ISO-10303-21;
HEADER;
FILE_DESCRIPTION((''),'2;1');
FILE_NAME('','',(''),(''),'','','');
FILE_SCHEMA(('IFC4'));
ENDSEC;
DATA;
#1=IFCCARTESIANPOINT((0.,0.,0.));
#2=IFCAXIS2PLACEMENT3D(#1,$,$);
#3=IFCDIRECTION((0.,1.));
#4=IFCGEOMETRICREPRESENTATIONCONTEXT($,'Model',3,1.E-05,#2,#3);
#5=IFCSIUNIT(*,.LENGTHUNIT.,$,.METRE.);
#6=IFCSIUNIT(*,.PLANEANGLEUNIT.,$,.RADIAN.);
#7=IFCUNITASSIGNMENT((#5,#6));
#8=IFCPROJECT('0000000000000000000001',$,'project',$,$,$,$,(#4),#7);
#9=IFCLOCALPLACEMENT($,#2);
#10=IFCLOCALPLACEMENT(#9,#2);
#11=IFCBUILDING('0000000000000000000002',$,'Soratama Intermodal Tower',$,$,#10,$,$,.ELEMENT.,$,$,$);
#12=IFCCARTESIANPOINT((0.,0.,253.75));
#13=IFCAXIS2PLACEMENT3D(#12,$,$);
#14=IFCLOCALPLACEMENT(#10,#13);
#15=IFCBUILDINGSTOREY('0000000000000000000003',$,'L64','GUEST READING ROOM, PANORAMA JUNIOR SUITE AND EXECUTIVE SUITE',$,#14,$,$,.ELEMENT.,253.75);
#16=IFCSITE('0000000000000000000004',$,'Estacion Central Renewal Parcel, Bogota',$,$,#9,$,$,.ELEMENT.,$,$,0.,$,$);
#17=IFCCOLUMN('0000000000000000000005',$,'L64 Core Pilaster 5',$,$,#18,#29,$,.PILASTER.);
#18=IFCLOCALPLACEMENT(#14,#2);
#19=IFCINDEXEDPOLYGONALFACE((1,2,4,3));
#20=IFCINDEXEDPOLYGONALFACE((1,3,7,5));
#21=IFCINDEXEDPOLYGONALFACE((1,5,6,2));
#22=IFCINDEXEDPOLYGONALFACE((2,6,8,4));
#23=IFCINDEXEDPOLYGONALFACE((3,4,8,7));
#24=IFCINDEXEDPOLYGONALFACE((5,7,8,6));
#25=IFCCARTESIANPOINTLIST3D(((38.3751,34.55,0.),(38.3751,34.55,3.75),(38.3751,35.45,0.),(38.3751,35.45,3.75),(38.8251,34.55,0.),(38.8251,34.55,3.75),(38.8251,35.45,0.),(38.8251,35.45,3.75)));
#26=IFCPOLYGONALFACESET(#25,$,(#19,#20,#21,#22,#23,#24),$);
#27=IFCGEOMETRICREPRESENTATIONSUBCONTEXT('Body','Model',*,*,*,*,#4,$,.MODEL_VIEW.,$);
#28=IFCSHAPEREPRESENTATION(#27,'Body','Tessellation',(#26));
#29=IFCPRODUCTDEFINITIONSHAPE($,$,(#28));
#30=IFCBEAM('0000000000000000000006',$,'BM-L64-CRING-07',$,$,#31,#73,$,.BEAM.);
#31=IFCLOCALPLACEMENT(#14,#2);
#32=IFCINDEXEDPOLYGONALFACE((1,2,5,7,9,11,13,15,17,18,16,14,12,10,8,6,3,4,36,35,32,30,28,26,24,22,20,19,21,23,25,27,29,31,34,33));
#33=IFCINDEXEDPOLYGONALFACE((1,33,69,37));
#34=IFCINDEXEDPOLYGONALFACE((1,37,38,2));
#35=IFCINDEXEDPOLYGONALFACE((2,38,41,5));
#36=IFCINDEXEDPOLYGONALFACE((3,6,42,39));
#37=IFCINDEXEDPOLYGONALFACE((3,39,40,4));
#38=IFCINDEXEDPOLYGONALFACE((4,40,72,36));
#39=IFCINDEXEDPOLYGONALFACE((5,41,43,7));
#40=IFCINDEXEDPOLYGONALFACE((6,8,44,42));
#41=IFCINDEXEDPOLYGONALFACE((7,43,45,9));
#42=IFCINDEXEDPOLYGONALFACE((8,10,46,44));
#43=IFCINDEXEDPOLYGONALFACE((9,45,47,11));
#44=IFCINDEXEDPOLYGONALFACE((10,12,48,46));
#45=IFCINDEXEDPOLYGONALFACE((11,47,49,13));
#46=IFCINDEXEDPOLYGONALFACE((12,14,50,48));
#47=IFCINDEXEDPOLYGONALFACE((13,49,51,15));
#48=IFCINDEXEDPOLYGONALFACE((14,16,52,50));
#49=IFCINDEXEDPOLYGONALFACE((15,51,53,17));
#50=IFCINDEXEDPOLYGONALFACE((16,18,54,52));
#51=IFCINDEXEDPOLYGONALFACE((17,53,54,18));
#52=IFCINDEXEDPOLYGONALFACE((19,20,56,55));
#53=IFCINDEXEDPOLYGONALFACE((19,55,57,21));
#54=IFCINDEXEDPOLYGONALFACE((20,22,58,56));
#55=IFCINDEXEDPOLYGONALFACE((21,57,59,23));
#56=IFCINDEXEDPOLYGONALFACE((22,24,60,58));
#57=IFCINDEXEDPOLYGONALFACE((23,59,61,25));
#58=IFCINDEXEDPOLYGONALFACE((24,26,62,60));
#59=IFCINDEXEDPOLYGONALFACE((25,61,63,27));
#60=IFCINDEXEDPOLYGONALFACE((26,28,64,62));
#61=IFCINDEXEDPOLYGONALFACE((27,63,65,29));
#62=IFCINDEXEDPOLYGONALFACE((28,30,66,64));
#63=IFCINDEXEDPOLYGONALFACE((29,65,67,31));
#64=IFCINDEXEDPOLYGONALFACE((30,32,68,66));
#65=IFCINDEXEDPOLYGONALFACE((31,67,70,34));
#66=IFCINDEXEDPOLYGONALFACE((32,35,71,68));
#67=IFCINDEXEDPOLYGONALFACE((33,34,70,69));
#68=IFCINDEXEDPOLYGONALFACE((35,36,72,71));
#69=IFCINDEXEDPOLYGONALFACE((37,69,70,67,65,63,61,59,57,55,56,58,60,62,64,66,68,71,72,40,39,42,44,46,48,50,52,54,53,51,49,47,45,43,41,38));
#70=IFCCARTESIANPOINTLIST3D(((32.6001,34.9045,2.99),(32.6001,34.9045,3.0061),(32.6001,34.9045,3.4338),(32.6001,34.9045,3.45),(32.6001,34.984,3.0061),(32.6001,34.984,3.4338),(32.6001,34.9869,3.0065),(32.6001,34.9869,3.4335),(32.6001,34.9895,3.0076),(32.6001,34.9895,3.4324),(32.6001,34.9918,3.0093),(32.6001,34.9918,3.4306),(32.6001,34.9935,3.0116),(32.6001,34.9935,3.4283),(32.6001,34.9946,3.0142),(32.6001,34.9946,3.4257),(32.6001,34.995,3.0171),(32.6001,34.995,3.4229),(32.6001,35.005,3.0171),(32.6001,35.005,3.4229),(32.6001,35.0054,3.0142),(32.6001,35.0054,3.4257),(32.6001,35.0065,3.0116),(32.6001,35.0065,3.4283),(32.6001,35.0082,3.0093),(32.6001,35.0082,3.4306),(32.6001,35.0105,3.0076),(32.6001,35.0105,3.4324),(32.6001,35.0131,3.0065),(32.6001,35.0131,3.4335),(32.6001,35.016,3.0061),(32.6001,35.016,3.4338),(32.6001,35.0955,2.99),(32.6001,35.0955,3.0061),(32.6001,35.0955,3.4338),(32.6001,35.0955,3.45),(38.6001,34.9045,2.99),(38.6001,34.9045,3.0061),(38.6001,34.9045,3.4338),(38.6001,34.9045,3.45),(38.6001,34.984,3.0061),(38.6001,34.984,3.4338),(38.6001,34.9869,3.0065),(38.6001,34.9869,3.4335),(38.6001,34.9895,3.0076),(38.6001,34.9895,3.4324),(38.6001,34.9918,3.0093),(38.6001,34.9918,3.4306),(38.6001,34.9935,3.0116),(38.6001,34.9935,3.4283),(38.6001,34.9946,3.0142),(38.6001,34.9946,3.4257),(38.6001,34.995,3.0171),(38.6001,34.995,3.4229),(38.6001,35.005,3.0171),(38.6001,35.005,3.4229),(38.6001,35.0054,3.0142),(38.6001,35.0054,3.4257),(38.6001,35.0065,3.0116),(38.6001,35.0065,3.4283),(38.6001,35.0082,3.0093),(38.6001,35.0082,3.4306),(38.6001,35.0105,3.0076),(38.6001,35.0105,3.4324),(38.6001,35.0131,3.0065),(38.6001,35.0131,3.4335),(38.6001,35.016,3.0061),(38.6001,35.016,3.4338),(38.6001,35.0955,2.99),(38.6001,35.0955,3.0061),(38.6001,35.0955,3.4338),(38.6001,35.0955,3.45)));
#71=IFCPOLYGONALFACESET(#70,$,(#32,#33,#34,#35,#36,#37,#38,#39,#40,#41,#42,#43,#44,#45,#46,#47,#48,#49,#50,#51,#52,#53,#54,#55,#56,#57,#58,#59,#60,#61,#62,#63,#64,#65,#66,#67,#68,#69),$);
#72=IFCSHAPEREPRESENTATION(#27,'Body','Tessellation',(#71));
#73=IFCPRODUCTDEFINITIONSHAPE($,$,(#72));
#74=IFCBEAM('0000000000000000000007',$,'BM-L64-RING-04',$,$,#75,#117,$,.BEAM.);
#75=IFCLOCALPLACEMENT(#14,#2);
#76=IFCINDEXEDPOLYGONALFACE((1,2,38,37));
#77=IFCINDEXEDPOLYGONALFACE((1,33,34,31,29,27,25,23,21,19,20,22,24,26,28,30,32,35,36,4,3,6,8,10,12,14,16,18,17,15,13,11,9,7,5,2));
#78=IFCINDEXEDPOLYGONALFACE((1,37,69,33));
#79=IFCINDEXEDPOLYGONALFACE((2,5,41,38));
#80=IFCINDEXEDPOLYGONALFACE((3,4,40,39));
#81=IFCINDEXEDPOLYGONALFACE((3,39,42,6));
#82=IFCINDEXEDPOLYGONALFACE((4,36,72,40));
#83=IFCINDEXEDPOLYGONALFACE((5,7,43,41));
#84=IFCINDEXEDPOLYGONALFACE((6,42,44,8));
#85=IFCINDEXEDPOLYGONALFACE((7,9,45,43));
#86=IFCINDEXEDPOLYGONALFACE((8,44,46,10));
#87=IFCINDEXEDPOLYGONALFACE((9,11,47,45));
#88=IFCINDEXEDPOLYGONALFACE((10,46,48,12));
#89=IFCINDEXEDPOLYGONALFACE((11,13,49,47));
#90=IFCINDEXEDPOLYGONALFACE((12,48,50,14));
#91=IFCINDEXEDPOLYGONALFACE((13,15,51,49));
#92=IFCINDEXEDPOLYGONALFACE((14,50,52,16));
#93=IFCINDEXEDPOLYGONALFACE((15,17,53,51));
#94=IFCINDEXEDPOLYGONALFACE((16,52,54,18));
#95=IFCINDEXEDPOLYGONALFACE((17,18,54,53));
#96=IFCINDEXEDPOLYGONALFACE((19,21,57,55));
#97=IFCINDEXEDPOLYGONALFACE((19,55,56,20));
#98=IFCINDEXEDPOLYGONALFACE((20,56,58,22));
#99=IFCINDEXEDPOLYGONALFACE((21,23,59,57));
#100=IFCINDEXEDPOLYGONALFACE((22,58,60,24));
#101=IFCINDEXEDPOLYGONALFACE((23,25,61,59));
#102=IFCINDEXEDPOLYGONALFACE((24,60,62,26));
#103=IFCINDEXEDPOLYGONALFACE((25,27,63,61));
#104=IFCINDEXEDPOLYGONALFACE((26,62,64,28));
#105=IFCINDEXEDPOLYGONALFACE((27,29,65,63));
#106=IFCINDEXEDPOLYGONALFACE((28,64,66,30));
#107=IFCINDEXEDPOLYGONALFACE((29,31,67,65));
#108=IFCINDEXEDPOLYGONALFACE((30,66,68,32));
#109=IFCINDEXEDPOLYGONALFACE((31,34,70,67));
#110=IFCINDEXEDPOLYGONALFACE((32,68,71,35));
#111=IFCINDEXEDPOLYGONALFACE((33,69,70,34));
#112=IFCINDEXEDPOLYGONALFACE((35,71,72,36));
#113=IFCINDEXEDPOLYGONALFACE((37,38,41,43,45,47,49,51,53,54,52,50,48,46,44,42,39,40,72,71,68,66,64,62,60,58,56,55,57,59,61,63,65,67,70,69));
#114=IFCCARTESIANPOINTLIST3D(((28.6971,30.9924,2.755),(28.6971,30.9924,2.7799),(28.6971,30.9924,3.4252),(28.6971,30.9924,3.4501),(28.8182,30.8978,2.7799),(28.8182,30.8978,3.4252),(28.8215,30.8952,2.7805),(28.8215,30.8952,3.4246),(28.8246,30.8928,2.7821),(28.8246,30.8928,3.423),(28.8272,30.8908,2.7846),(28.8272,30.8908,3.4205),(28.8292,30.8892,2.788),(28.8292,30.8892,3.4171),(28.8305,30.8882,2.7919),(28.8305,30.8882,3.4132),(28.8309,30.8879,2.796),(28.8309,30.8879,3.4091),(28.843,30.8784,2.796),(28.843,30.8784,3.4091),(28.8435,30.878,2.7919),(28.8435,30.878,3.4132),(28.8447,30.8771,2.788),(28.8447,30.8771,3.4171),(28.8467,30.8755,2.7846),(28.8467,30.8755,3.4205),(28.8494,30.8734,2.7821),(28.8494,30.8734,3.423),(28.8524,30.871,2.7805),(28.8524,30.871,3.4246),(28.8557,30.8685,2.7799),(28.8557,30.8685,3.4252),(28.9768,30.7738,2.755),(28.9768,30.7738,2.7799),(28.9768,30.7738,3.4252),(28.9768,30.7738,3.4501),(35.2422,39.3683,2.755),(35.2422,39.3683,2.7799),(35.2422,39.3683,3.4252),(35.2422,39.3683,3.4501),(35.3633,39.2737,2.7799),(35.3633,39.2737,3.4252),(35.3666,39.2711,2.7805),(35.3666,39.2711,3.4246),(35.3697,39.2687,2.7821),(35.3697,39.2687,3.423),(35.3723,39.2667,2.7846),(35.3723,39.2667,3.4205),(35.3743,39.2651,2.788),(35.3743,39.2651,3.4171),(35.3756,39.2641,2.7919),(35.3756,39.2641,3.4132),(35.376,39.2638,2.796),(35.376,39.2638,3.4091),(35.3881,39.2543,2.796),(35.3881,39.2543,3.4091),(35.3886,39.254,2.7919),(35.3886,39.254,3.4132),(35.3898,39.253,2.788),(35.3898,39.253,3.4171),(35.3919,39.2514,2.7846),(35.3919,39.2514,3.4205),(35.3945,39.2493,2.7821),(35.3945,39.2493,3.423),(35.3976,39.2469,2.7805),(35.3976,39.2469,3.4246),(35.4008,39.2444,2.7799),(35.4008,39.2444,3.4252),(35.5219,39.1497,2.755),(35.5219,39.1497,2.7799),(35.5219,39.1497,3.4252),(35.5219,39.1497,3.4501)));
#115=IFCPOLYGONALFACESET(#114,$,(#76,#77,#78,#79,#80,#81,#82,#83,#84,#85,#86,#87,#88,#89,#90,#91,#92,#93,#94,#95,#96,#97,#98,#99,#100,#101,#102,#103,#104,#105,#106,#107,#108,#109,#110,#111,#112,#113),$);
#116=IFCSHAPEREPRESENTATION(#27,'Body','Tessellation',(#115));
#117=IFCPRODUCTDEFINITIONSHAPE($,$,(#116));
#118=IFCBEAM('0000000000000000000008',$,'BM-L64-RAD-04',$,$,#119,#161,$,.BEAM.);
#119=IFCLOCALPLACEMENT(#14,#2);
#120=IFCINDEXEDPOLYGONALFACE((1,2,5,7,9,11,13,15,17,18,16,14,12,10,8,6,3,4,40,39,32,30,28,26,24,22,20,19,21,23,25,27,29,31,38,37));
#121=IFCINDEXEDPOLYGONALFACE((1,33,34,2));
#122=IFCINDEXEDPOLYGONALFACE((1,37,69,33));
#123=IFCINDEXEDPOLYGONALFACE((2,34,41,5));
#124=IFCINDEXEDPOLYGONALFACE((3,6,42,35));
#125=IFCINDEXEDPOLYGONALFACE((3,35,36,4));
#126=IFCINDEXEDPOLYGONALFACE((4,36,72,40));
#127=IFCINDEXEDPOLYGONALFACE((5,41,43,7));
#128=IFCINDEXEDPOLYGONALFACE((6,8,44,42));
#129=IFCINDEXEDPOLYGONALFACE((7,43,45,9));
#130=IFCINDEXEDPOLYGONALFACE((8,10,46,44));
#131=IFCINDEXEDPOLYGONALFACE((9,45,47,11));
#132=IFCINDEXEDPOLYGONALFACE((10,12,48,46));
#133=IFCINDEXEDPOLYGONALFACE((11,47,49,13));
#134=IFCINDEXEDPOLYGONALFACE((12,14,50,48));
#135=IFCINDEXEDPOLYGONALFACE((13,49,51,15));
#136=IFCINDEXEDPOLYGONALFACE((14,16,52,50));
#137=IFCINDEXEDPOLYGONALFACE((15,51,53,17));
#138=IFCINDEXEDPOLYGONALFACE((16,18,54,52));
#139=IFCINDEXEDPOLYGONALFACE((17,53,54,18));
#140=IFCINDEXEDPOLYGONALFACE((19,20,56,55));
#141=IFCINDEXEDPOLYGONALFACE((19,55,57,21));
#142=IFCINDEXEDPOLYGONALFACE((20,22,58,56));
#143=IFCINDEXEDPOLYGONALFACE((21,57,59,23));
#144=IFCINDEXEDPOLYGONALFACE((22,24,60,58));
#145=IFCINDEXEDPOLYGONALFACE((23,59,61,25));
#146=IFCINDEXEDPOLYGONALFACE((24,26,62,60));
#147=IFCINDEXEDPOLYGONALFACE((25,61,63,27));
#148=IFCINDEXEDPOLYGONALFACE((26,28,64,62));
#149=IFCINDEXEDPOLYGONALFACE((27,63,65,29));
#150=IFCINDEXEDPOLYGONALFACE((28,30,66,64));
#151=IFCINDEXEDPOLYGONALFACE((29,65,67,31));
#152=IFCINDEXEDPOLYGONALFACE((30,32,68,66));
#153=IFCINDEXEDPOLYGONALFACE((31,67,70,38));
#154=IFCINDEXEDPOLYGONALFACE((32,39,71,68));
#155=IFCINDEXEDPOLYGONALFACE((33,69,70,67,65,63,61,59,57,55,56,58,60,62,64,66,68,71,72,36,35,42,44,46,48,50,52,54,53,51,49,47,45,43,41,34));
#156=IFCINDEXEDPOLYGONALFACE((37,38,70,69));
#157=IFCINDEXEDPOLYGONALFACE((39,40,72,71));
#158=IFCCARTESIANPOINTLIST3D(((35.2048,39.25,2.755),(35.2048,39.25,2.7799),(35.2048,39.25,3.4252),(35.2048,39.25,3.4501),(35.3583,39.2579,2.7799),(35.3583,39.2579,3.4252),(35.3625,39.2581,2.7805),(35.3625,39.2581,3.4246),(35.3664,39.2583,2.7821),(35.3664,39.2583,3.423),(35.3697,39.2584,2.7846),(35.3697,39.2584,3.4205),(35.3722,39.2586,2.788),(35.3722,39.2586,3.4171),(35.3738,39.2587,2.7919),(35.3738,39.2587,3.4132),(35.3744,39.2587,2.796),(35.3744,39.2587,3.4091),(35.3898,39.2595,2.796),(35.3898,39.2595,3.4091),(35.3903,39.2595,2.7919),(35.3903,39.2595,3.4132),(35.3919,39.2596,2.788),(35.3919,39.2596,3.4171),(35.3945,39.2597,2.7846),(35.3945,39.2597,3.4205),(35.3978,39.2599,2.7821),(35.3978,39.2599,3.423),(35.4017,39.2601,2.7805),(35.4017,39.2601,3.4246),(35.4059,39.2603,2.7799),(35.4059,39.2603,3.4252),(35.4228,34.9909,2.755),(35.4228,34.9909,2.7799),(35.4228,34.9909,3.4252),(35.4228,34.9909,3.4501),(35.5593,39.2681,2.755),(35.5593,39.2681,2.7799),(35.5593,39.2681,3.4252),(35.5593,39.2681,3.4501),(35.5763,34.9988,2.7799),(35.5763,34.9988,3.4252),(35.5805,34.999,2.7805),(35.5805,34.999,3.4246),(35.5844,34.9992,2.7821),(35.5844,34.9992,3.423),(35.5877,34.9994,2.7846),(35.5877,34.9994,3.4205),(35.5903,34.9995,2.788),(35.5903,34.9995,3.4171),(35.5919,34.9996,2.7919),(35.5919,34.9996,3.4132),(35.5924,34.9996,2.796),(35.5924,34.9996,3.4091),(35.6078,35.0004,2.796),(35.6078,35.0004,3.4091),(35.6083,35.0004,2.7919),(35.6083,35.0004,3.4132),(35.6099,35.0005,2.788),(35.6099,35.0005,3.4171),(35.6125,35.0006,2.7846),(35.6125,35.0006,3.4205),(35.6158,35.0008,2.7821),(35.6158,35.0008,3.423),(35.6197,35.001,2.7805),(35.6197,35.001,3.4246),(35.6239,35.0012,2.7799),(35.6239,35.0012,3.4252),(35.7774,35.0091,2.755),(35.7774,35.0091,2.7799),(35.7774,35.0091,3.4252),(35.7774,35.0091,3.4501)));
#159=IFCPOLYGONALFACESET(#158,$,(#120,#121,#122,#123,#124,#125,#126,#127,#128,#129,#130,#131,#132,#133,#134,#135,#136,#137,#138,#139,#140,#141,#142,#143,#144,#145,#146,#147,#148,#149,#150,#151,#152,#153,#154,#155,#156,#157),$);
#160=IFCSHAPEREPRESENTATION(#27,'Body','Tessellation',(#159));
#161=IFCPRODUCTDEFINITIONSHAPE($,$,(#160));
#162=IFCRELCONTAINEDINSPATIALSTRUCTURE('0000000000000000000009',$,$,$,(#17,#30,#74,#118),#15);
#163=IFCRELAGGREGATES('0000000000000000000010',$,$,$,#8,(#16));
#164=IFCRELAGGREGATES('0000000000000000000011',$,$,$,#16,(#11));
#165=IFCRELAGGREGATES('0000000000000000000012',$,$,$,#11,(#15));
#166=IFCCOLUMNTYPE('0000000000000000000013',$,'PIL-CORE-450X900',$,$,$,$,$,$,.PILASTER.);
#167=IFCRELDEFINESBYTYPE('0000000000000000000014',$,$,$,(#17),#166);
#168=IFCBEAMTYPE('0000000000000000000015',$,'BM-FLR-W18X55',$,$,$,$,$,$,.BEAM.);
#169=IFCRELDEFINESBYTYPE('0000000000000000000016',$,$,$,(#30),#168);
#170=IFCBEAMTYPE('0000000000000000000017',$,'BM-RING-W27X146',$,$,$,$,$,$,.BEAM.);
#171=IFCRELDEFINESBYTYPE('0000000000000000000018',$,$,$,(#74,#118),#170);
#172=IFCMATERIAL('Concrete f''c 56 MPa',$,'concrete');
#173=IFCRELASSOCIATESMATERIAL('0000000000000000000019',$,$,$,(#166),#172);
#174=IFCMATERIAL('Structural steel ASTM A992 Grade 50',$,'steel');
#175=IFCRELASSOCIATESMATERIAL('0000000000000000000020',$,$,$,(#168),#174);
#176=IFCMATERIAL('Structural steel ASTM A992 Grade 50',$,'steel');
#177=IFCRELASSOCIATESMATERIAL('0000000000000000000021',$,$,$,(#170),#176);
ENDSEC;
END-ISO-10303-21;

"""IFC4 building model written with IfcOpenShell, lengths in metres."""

from ifc_helpers import new_model, si_unit, direction, frame, origin, origin_2d, place, context, subcontext, project, spatial, rectangle, i_section, extrude, material, material_profile, profile_set, type_object, element, save


model = new_model("IFC4")

# Units and contexts
model_context = context("Model", 3, precision=1e-05, world=origin(), true_north=direction((0.0, 1.0)))
body_context = subcontext(model_context, "Body", "Model", "MODEL_VIEW")
ifc_project = project(units=[si_unit("LENGTHUNIT", "METRE"), si_unit("PLANEANGLEUNIT", "RADIAN")], contexts=[model_context])

# Site, building, storey
site_placement = place(None, origin())
site = spatial("IfcSite", under=ifc_project, at=site_placement, Name="Estacion Central Renewal Parcel, Bogota", CompositionType="ELEMENT", RefElevation=0.0)
building_placement = place(site_placement, origin())
building = spatial("IfcBuilding", under=site, at=building_placement, Name="Soratama Intermodal Tower", CompositionType="ELEMENT")
storey_placement = place(building_placement, frame((0.0, 0.0, 253.75)))
storey = spatial("IfcBuildingStorey", under=building, at=storey_placement, Name="L64", Description="GUEST READING ROOM, PANORAMA JUNIOR SUITE AND EXECUTIVE SUITE", CompositionType="ELEMENT", Elevation=253.75)

# Column
ifc_material_1 = material(Name="Concrete f'c 56 MPa", Category="concrete")
ifc_material_profile_1 = material_profile(ifc_material_1, rectangle(XDim=0.45, YDim=0.8999, at=origin_2d()), Name="RC450X900")
ifc_profile_set_1 = profile_set([ifc_material_profile_1], Name="Concrete f'c 56 MPa")
column_type = type_object("IfcColumnType", Name="PIL-CORE-450X900", PredefinedType="PILASTER", material=ifc_profile_set_1)
column_placement = place(storey_placement, frame((38.6001, 35.0, 0.0), z_axis=(0.0, 0.0, 1.0), x_axis=(1.0, 0.0, 0.0)))
element("IfcColumn", 1, at=column_placement, inside=storey, type_object=column_type, Name="L64 Core Pilaster 5", PredefinedType="PILASTER", context=body_context, shape_type="SweptSolid", body=[
    extrude(rectangle(XDim=0.45, YDim=0.8999, at=origin_2d()), origin(), (0.0, 0.0, 1.0), 3.75),
])

# Beams
ifc_material_2 = material(Name="Structural steel ASTM A992 Grade 50", Category="steel")
ifc_material_profile_2 = material_profile(ifc_material_2, i_section(OverallWidth=0.1909, OverallDepth=0.46, WebThickness=0.01, FlangeThickness=0.0161, FilletRadius=0.011, at=origin_2d()), Name="W18X55")
ifc_profile_set_2 = profile_set([ifc_material_profile_2], Name="Structural steel ASTM A992 Grade 50")
beam_type_1 = type_object("IfcBeamType", Name="BM-FLR-W18X55", PredefinedType="BEAM", material=ifc_profile_set_2)
beam_1_placement = place(storey_placement, frame((38.6001, 35.0, 3.22), z_axis=(-1.0, 0.0, 0.0), x_axis=(0.0, -1.0, 0.0)))
element("IfcBeam", 2, at=beam_1_placement, inside=storey, type_object=beam_type_1, Name="BM-L64-CRING-07", PredefinedType="BEAM", context=body_context, shape_type="SweptSolid", body=[
    extrude(i_section(OverallWidth=0.1909, OverallDepth=0.46, WebThickness=0.01, FlangeThickness=0.0161, FilletRadius=0.011, at=origin_2d()), origin(), (0.0, 0.0, 1.0), 6.0),
])
ifc_material_3 = material(Name="Structural steel ASTM A992 Grade 50", Category="steel")
ifc_material_profile_3 = material_profile(ifc_material_3, i_section(OverallWidth=0.355, OverallDepth=0.6951, WebThickness=0.0154, FlangeThickness=0.0249, FilletRadius=0.0161, at=origin_2d()), Name="W27X146")
ifc_profile_set_3 = profile_set([ifc_material_profile_3], Name="Structural steel ASTM A992 Grade 50")
beam_type_2 = type_object("IfcBeamType", Name="BM-RING-W27X146", PredefinedType="BEAM", material=ifc_profile_set_3)
beam_2_placement = place(storey_placement, frame((35.3821, 39.259, 3.1025), z_axis=(-0.615728, -0.787959, 0.0), x_axis=(0.787959, -0.615728, 0.0)))
element("IfcBeam", 3, at=beam_2_placement, inside=storey, type_object=beam_type_2, Name="BM-L64-RING-04", PredefinedType="BEAM", context=body_context, shape_type="SweptSolid", body=[
    extrude(i_section(OverallWidth=0.355, OverallDepth=0.6951, WebThickness=0.0154, FlangeThickness=0.0249, FilletRadius=0.0161, at=origin_2d()), origin(), (0.0, 0.0, 1.0), 10.6299),
])
beam_3_placement = place(storey_placement, frame((35.6001, 35.0, 3.1025), z_axis=(-0.051123, 0.998692, 0.0), x_axis=(-0.998692, -0.051123, 0.0)))
element("IfcBeam", 4, at=beam_3_placement, inside=storey, type_object=beam_type_2, Name="BM-L64-RAD-04", PredefinedType="BEAM", context=body_context, shape_type="SweptSolid", body=[
    extrude(i_section(OverallWidth=0.355, OverallDepth=0.6951, WebThickness=0.0154, FlangeThickness=0.0249, FilletRadius=0.0161, at=origin_2d()), origin(), (0.0, 0.0, 1.0), 4.2646),
])

save(model, "model.ifc")
